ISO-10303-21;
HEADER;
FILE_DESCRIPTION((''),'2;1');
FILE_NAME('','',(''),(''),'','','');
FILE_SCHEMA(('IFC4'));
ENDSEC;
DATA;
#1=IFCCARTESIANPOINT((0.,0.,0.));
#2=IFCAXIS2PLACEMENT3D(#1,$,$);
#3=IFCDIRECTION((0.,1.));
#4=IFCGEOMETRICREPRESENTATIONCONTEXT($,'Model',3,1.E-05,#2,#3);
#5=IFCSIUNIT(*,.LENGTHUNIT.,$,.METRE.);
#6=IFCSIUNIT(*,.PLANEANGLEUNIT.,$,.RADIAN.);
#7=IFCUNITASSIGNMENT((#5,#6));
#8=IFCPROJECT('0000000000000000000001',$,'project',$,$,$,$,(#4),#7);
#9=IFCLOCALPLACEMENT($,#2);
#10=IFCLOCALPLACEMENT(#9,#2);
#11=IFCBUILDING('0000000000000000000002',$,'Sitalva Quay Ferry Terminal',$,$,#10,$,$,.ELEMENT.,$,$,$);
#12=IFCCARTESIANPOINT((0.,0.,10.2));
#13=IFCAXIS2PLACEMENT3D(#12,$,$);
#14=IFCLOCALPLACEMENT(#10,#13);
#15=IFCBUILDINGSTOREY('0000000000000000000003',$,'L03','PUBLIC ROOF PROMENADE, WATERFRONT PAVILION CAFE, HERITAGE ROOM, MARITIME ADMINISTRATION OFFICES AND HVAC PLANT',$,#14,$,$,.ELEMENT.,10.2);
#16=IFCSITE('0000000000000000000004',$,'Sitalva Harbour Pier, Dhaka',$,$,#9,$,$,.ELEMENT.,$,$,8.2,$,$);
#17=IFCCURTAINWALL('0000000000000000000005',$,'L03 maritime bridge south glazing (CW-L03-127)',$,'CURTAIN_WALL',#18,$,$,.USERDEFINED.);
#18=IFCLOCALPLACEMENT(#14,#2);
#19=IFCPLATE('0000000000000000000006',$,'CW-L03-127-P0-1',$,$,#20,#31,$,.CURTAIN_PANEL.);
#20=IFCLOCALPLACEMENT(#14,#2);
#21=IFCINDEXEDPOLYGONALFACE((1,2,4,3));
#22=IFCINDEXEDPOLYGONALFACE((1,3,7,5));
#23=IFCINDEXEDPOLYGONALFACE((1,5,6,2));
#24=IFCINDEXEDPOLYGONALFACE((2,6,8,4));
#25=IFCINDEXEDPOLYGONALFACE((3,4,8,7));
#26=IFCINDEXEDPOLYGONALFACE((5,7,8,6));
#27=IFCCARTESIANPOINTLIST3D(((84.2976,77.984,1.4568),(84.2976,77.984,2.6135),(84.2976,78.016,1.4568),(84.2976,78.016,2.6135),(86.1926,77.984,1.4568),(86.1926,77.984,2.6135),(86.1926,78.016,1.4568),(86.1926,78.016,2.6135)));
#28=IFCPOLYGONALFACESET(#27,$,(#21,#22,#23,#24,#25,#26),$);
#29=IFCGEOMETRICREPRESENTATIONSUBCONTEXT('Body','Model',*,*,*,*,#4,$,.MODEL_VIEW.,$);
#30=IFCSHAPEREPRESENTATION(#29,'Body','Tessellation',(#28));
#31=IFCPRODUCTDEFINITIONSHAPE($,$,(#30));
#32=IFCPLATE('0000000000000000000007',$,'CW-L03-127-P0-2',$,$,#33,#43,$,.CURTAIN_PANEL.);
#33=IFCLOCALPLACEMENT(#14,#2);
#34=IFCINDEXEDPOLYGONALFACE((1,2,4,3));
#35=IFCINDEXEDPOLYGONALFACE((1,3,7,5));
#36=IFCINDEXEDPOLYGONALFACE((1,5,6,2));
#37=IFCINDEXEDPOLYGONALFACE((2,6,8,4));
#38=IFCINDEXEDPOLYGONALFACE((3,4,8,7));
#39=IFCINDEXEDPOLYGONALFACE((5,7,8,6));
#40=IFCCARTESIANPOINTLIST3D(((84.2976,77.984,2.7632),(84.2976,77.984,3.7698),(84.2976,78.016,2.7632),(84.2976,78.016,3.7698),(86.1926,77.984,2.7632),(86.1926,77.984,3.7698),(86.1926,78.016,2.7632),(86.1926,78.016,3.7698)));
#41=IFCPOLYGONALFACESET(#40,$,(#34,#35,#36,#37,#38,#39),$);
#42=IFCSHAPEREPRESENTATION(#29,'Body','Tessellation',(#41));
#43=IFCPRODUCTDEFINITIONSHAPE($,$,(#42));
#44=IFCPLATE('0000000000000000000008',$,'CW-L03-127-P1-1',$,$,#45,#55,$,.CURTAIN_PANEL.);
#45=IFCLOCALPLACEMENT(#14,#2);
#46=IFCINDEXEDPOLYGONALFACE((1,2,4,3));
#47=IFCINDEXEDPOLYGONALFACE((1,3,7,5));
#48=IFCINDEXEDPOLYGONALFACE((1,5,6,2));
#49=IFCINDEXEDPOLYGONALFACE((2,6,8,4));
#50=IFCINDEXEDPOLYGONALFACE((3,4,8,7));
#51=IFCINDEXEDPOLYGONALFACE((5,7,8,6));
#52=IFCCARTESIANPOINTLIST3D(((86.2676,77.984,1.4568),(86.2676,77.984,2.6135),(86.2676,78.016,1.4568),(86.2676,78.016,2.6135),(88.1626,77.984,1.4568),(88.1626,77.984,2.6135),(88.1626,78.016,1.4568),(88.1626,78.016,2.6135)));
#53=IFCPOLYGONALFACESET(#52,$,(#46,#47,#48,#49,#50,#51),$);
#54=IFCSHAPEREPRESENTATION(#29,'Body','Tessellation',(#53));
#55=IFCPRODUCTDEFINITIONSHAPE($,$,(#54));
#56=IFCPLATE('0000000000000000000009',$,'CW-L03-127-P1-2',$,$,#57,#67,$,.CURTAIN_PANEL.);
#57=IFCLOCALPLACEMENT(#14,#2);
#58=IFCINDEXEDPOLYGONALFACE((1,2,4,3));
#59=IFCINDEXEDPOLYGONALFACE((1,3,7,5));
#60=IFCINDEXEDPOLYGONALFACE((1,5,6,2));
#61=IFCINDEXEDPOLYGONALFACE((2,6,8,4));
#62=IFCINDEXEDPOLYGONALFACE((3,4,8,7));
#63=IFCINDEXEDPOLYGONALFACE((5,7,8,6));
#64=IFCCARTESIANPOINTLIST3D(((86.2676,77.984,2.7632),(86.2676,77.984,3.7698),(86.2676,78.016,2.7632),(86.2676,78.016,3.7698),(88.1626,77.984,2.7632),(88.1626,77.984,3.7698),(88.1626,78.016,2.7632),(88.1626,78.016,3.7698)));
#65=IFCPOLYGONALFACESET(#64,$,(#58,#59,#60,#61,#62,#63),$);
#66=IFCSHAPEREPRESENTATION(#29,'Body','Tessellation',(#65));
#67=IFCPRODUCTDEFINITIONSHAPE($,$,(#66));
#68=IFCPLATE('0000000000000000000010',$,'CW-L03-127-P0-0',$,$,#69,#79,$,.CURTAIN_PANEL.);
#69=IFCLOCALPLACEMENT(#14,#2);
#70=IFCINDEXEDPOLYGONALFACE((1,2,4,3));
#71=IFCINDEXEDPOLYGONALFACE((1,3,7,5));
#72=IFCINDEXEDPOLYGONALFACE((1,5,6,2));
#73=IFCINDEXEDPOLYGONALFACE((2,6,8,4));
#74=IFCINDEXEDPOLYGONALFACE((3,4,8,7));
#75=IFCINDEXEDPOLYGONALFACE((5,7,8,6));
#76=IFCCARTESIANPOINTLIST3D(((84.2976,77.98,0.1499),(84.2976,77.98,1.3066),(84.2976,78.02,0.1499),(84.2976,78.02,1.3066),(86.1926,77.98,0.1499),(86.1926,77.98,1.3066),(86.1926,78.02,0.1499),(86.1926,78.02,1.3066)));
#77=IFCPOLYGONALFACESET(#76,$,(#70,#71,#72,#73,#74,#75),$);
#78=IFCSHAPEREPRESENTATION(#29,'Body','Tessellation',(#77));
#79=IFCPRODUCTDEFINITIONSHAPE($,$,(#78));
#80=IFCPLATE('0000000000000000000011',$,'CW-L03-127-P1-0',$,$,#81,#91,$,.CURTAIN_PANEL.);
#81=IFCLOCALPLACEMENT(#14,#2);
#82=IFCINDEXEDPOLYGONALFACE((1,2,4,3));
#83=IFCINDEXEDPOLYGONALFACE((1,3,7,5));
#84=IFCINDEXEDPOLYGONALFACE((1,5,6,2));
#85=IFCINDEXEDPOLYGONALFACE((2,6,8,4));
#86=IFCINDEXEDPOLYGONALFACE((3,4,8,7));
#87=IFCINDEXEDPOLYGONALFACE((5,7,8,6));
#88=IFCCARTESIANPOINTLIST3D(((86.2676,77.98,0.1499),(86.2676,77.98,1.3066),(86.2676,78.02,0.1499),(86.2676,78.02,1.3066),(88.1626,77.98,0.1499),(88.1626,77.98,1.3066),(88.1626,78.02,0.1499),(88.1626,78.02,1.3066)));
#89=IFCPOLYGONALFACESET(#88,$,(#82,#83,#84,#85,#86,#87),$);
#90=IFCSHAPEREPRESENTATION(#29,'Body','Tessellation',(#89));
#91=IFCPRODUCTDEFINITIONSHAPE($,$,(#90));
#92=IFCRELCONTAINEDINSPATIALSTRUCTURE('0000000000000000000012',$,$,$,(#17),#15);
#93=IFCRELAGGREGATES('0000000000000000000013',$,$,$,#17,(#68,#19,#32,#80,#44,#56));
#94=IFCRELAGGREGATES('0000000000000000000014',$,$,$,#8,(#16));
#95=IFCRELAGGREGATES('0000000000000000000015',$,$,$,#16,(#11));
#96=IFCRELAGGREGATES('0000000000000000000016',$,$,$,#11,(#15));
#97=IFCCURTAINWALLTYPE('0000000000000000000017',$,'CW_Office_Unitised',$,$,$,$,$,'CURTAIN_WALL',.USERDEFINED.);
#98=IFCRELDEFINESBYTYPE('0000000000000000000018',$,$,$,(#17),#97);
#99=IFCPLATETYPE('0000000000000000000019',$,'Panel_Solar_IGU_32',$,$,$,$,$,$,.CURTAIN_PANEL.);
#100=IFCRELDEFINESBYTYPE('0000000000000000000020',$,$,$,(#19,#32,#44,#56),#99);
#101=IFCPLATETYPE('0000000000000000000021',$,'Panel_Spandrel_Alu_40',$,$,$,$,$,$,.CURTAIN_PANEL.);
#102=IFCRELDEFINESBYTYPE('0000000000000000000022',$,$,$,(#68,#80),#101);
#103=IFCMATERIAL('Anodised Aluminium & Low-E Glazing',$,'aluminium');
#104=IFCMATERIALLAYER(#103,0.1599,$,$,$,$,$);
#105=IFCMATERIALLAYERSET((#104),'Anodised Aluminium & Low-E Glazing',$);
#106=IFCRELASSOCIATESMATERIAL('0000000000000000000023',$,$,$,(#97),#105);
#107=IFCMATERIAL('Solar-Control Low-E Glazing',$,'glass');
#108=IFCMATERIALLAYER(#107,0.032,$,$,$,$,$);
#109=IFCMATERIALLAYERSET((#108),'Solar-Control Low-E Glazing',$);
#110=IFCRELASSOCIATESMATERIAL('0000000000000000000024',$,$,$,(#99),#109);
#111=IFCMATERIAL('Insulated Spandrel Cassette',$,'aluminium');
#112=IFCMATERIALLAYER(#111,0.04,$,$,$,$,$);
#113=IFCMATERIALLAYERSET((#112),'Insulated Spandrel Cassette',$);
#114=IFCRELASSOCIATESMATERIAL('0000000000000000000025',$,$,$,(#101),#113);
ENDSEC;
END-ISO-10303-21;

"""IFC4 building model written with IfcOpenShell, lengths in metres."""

from ifc_helpers import new_model, si_unit, direction, frame, origin, origin_2d, place, context, subcontext, project, spatial, rectangle, extrude, material, layer, layer_set, type_object, element, aggregate, save


model = new_model("IFC4")

# Units and contexts
model_context = context("Model", 3, precision=1e-05, world=origin(), true_north=direction((0.0, 1.0)))
body_context = subcontext(model_context, "Body", "Model", "MODEL_VIEW")
ifc_project = project(units=[si_unit("LENGTHUNIT", "METRE"), si_unit("PLANEANGLEUNIT", "RADIAN")], contexts=[model_context])

# Site, building, storey
site_placement = place(None, origin())
site = spatial("IfcSite", under=ifc_project, at=site_placement, Name="Sitalva Harbour Pier, Dhaka", CompositionType="ELEMENT", RefElevation=8.2)
building_placement = place(site_placement, origin())
building = spatial("IfcBuilding", under=site, at=building_placement, Name="Sitalva Quay Ferry Terminal", CompositionType="ELEMENT")
storey_placement = place(building_placement, frame((0.0, 0.0, 10.2)))
storey = spatial("IfcBuildingStorey", under=building, at=storey_placement, Name="L03", Description="PUBLIC ROOF PROMENADE, WATERFRONT PAVILION CAFE, HERITAGE ROOM, MARITIME ADMINISTRATION OFFICES AND HVAC PLANT", CompositionType="ELEMENT", Elevation=10.2)

# Curtain wall, plates
ifc_material_1 = material(Name="Anodised Aluminium & Low-E Glazing", Category="aluminium")
ifc_layer_1 = layer(ifc_material_1, 0.1599)
ifc_layer_set_1 = layer_set([ifc_layer_1], Name="Anodised Aluminium & Low-E Glazing")
curtain_wall_type = type_object("IfcCurtainWallType", Name="CW_Office_Unitised", ElementType="CURTAIN_WALL", PredefinedType="USERDEFINED", material=ifc_layer_set_1)
curtain_wall_placement = place(storey_placement, origin())
curtain_wall = element("IfcCurtainWall", 1, at=curtain_wall_placement, inside=storey, type_object=curtain_wall_type, Name="L03 maritime bridge south glazing (CW-L03-127)", ObjectType="CURTAIN_WALL", PredefinedType="USERDEFINED")
ifc_material_2 = material(Name="Solar-Control Low-E Glazing", Category="glass")
ifc_layer_2 = layer(ifc_material_2, 0.032)
ifc_layer_set_2 = layer_set([ifc_layer_2], Name="Solar-Control Low-E Glazing")
plate_type_1 = type_object("IfcPlateType", Name="Panel_Solar_IGU_32", PredefinedType="CURTAIN_PANEL", material=ifc_layer_set_2)
plate_1_placement = place(storey_placement, frame((85.2451, 78.0, 1.4568), z_axis=(0.0, 0.0, 1.0), x_axis=(1.0, 0.0, 0.0)))
plate_1 = element("IfcPlate", 2, at=plate_1_placement, type_object=plate_type_1, Name="CW-L03-127-P0-1", PredefinedType="CURTAIN_PANEL", context=body_context, shape_type="SweptSolid", body=[
    extrude(rectangle(XDim=1.895, YDim=0.032, at=origin_2d()), origin(), (0.0, 0.0, 1.0), 1.1567),
])
plate_2_placement = place(storey_placement, frame((85.2451, 78.0, 2.7632), z_axis=(0.0, 0.0, 1.0), x_axis=(1.0, 0.0, 0.0)))
plate_2 = element("IfcPlate", 3, at=plate_2_placement, type_object=plate_type_1, Name="CW-L03-127-P0-2", PredefinedType="CURTAIN_PANEL", context=body_context, shape_type="SweptSolid", body=[
    extrude(rectangle(XDim=1.895, YDim=0.032, at=origin_2d()), origin(), (0.0, 0.0, 1.0), 1.0066),
])
plate_3_placement = place(storey_placement, frame((87.2151, 78.0, 1.4568), z_axis=(0.0, 0.0, 1.0), x_axis=(1.0, 0.0, 0.0)))
plate_3 = element("IfcPlate", 4, at=plate_3_placement, type_object=plate_type_1, Name="CW-L03-127-P1-1", PredefinedType="CURTAIN_PANEL", context=body_context, shape_type="SweptSolid", body=[
    extrude(rectangle(XDim=1.895, YDim=0.032, at=origin_2d()), origin(), (0.0, 0.0, 1.0), 1.1567),
])
plate_4_placement = place(storey_placement, frame((87.2151, 78.0, 2.7632), z_axis=(0.0, 0.0, 1.0), x_axis=(1.0, 0.0, 0.0)))
plate_4 = element("IfcPlate", 5, at=plate_4_placement, type_object=plate_type_1, Name="CW-L03-127-P1-2", PredefinedType="CURTAIN_PANEL", context=body_context, shape_type="SweptSolid", body=[
    extrude(rectangle(XDim=1.895, YDim=0.032, at=origin_2d()), origin(), (0.0, 0.0, 1.0), 1.0066),
])
ifc_material_3 = material(Name="Insulated Spandrel Cassette", Category="aluminium")
ifc_layer_3 = layer(ifc_material_3, 0.04)
ifc_layer_set_3 = layer_set([ifc_layer_3], Name="Insulated Spandrel Cassette")
plate_type_2 = type_object("IfcPlateType", Name="Panel_Spandrel_Alu_40", PredefinedType="CURTAIN_PANEL", material=ifc_layer_set_3)
plate_5_placement = place(storey_placement, frame((85.2451, 78.0, 0.1499), z_axis=(0.0, 0.0, 1.0), x_axis=(1.0, 0.0, 0.0)))
plate_5 = element("IfcPlate", 6, at=plate_5_placement, type_object=plate_type_2, Name="CW-L03-127-P0-0", PredefinedType="CURTAIN_PANEL", context=body_context, shape_type="SweptSolid", body=[
    extrude(rectangle(XDim=1.895, YDim=0.04, at=origin_2d()), origin(), (0.0, 0.0, 1.0), 1.1567),
])
plate_6_placement = place(storey_placement, frame((87.2151, 78.0, 0.1499), z_axis=(0.0, 0.0, 1.0), x_axis=(1.0, 0.0, 0.0)))
plate_6 = element("IfcPlate", 7, at=plate_6_placement, type_object=plate_type_2, Name="CW-L03-127-P1-0", PredefinedType="CURTAIN_PANEL", context=body_context, shape_type="SweptSolid", body=[
    extrude(rectangle(XDim=1.895, YDim=0.04, at=origin_2d()), origin(), (0.0, 0.0, 1.0), 1.1567),
])
aggregate(curtain_wall, [plate_5, plate_1, plate_2, plate_6, plate_3, plate_4])

save(model, "model.ifc")
